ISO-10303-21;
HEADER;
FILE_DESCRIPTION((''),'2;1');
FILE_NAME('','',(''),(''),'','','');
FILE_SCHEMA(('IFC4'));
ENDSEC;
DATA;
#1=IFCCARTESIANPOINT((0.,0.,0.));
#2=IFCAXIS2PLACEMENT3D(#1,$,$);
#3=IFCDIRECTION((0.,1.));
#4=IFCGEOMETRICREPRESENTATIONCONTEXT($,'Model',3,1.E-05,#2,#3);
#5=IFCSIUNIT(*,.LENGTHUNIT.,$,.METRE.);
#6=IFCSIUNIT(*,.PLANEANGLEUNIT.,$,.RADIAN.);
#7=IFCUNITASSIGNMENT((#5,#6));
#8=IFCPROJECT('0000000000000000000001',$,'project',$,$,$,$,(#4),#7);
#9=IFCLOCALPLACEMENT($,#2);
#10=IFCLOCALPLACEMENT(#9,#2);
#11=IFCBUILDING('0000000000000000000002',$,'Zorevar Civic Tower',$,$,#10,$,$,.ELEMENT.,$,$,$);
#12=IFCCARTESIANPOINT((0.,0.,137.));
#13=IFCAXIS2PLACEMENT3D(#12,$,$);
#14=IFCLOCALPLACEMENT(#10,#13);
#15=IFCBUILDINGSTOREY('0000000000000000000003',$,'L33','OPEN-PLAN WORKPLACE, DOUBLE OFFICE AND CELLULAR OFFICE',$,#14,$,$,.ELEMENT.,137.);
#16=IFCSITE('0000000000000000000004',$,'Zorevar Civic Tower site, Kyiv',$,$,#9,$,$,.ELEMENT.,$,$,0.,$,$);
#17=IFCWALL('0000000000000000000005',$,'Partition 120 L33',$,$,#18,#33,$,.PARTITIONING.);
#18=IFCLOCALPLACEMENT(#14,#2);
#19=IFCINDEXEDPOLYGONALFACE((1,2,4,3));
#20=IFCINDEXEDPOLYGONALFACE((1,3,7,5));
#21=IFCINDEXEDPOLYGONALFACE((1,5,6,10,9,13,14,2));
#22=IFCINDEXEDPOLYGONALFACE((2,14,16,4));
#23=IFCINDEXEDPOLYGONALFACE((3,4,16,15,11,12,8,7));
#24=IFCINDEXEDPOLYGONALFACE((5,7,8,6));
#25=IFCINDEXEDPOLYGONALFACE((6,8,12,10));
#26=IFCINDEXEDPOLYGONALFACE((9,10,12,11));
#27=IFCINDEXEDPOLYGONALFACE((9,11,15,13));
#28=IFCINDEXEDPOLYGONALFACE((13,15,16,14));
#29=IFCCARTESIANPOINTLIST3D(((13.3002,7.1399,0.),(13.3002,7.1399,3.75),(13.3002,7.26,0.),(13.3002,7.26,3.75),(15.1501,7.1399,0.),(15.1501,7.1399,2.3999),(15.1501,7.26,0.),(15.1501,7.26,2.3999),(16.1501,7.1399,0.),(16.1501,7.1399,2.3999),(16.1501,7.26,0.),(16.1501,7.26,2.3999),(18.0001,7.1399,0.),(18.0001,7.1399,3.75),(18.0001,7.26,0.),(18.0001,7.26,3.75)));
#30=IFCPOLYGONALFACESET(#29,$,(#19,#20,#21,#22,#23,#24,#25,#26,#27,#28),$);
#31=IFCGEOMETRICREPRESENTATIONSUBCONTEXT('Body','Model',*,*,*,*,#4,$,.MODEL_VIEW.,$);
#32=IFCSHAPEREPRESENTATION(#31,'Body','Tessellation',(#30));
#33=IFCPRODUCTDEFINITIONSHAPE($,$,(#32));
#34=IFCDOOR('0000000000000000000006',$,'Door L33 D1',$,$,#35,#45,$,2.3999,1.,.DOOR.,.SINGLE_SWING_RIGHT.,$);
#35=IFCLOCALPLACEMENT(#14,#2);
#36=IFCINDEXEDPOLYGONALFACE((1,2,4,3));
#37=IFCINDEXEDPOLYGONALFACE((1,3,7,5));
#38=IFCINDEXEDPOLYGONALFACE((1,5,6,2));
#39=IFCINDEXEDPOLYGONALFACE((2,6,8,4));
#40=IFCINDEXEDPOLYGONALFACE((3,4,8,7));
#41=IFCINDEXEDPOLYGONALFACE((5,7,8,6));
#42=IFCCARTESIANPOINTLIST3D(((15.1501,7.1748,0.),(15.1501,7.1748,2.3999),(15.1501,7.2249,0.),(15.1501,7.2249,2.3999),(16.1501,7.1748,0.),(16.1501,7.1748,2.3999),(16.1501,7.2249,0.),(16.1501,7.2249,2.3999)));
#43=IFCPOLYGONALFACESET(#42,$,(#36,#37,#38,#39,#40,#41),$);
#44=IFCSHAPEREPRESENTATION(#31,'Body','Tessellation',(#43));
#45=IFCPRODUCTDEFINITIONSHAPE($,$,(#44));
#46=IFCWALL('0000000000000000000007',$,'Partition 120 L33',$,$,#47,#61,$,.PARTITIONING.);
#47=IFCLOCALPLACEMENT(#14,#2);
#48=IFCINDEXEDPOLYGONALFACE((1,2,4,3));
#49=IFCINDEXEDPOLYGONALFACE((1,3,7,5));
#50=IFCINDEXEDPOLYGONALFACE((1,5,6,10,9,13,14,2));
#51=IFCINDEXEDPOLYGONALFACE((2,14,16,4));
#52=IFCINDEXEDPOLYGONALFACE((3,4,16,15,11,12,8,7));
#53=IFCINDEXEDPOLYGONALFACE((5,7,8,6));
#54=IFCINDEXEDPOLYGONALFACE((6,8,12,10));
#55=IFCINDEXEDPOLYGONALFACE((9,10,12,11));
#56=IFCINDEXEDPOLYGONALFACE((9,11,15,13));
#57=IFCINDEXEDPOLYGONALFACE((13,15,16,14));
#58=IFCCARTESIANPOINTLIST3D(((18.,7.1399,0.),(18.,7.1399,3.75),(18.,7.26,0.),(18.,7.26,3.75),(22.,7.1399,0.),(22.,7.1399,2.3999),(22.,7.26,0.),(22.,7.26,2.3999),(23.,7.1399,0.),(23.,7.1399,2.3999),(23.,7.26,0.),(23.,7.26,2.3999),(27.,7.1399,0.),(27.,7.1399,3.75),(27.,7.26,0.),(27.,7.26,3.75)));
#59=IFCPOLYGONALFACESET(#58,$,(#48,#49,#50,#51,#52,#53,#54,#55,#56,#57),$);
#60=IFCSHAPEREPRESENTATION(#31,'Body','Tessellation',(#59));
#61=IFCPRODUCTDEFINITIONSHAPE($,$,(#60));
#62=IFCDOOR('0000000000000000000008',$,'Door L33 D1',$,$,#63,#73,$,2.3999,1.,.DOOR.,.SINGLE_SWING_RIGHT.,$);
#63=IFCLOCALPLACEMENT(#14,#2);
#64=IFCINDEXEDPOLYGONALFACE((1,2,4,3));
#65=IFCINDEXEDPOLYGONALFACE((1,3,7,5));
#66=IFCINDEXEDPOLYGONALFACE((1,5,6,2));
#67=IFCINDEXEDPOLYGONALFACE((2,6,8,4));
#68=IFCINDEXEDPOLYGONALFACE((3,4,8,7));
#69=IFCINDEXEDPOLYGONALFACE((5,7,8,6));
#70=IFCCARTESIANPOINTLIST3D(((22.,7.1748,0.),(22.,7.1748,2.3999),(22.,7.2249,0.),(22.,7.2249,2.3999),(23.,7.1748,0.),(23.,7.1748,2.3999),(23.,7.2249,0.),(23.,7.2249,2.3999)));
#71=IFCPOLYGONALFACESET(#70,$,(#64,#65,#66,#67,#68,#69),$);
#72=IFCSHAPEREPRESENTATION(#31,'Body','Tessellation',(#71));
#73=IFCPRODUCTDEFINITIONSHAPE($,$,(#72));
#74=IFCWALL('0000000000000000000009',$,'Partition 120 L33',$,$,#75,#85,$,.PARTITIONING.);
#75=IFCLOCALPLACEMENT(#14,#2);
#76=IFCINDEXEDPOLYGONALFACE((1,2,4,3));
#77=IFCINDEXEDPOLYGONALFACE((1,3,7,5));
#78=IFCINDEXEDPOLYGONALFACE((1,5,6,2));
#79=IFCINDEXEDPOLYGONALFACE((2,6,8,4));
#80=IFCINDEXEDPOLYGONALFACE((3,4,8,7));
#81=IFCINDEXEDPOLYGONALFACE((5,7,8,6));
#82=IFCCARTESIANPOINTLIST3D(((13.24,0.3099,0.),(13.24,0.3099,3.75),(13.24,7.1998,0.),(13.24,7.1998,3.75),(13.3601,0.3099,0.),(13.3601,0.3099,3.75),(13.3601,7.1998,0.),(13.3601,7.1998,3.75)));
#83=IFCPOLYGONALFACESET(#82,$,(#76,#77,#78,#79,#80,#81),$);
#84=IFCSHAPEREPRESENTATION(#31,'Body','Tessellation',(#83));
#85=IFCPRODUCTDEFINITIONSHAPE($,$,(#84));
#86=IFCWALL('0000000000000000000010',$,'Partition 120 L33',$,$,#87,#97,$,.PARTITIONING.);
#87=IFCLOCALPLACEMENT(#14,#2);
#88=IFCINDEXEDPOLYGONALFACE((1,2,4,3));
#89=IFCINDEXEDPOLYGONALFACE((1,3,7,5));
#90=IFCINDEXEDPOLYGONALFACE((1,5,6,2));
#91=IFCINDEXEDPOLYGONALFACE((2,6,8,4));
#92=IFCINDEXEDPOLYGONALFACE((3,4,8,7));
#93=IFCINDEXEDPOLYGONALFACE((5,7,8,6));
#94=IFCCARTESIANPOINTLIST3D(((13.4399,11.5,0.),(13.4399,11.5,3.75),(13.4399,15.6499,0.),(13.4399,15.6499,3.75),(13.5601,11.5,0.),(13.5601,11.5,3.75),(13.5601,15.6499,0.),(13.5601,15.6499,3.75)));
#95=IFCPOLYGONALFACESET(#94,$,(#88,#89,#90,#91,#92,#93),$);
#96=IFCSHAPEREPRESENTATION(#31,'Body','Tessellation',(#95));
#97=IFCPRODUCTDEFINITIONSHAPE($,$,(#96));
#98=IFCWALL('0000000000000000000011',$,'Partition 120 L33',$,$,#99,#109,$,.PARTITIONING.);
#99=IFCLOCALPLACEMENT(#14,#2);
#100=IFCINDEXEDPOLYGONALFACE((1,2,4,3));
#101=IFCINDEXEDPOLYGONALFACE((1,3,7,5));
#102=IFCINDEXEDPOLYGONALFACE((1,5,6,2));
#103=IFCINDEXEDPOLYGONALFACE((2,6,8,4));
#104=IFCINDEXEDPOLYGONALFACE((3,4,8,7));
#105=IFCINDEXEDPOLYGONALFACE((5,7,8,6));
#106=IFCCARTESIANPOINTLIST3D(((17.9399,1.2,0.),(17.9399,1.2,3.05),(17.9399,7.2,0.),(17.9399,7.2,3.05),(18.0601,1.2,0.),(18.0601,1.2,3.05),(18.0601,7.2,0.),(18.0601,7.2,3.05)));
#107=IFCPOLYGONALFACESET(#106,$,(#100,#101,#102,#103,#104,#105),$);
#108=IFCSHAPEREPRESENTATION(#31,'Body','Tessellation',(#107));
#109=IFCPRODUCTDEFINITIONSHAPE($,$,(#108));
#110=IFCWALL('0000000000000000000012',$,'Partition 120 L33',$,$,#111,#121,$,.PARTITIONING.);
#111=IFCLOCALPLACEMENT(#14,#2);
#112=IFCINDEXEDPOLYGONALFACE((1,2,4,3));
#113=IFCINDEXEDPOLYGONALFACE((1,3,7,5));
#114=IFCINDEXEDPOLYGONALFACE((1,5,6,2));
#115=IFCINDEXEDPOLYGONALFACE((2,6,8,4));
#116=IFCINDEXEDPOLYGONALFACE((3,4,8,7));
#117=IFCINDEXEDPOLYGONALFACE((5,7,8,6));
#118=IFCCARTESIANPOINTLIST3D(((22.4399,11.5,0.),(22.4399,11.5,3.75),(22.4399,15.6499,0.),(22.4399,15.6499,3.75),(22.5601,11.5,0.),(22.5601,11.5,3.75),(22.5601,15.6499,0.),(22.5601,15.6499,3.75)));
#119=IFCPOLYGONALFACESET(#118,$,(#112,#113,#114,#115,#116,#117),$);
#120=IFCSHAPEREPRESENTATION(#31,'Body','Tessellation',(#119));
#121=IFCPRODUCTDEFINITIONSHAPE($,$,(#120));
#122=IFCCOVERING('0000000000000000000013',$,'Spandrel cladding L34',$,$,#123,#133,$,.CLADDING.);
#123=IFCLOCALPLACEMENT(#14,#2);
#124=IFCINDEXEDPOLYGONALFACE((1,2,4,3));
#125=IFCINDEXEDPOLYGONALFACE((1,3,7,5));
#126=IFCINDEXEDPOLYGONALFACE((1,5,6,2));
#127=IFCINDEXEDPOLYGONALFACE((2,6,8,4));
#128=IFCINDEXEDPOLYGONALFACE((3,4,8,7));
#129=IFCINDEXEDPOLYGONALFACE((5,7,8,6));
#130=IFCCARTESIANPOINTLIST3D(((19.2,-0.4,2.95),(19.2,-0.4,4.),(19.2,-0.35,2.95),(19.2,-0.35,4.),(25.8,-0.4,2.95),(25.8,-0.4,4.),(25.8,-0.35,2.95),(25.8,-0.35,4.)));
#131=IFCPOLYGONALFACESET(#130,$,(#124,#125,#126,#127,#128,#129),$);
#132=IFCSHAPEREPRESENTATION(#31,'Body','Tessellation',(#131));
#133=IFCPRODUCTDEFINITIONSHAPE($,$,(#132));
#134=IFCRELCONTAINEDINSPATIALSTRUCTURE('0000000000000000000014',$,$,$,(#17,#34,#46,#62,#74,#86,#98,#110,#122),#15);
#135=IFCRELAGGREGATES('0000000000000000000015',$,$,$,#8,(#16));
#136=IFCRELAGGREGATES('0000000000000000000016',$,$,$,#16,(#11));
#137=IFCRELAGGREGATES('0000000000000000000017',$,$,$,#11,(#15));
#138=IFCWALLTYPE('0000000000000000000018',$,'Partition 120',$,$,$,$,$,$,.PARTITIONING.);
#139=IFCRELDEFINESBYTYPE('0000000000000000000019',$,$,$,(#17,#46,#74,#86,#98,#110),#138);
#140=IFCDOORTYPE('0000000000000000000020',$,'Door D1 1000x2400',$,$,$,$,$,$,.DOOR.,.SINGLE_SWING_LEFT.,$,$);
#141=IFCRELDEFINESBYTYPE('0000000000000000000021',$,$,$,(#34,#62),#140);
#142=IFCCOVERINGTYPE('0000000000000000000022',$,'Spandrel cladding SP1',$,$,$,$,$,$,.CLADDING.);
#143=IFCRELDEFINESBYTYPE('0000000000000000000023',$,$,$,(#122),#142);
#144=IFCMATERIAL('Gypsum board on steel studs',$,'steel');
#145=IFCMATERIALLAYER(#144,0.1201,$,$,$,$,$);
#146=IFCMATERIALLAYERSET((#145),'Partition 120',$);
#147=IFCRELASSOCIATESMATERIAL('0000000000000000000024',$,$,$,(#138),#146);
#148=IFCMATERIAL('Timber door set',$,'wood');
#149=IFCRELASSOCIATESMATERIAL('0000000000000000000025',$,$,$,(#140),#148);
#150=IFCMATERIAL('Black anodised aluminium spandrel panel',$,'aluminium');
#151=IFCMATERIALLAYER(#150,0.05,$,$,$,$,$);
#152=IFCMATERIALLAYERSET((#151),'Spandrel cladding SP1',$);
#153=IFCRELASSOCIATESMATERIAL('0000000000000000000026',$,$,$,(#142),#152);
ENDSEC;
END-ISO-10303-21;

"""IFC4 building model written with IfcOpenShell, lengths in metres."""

from ifc_helpers import new_model, si_unit, direction, frame, frame_2d, origin, place, context, subcontext, project, spatial, rectangle, extrude, material, layer, layer_set, type_object, element, fill, save


model = new_model("IFC4")

# Units and contexts
model_context = context("Model", 3, precision=1e-05, world=origin(), true_north=direction((0.0, 1.0)))
body_context = subcontext(model_context, "Body", "Model", "MODEL_VIEW")
ifc_project = project(units=[si_unit("LENGTHUNIT", "METRE"), si_unit("PLANEANGLEUNIT", "RADIAN")], contexts=[model_context])

# Site, building, storey
site_placement = place(None, origin())
site = spatial("IfcSite", under=ifc_project, at=site_placement, Name="Zorevar Civic Tower site, Kyiv", CompositionType="ELEMENT", RefElevation=0.0)
building_placement = place(site_placement, origin())
building = spatial("IfcBuilding", under=site, at=building_placement, Name="Zorevar Civic Tower", CompositionType="ELEMENT")
storey_placement = place(building_placement, frame((0.0, 0.0, 137.0)))
storey = spatial("IfcBuildingStorey", under=building, at=storey_placement, Name="L33", Description="OPEN-PLAN WORKPLACE, DOUBLE OFFICE AND CELLULAR OFFICE", CompositionType="ELEMENT", Elevation=137.0)

# Walls, openings, doors
ifc_material_1 = material(Name="Gypsum board on steel studs", Category="steel")
ifc_layer_1 = layer(ifc_material_1, 0.1201)
ifc_layer_set_1 = layer_set([ifc_layer_1], Name="Partition 120")
wall_type_1 = type_object("IfcWallType", Name="Partition 120", PredefinedType="PARTITIONING", material=ifc_layer_set_1)
wall_1_placement = place(storey_placement, frame((13.3, 7.2, 0.0), z_axis=(0.0, 0.0, 1.0), x_axis=(1.0, 0.0, 0.0)))
wall_1 = element("IfcWall", 1, at=wall_1_placement, inside=storey, type_object=wall_type_1, Name="Partition 120 L33", PredefinedType="PARTITIONING", context=body_context, shape_type="SweptSolid", body=[
    extrude(rectangle(XDim=4.7, YDim=0.1201, at=frame_2d((2.3501, 0.0))), origin(), (0.0, 0.0, 1.0), 3.75),
])
opening_1_placement = place(wall_1_placement, frame((1.8501, 0.0, 0.0)))
opening_1 = element("IfcOpeningElement", 2, at=opening_1_placement, cuts=wall_1, PredefinedType="OPENING", context=body_context, shape_type="SweptSolid", body=[
    extrude(rectangle(XDim=1.0, YDim=2.3999, at=frame_2d((0.5, 1.2))), frame((0.0, 0.0701, 0.0), z_axis=(0.0, -1.0, 0.0), x_axis=(1.0, 0.0, 0.0)), (0.0, 0.0, 1.0), 0.1401),
])
ifc_material_2 = material(Name="Timber door set", Category="wood")
door_type_1 = type_object("IfcDoorType", Name="Door D1 1000x2400", OperationType="SINGLE_SWING_LEFT", PredefinedType="DOOR", material=ifc_material_2)
door_1_placement = place(opening_1_placement, origin())
door_1 = element("IfcDoor", 3, at=door_1_placement, inside=storey, type_object=door_type_1, Name="Door L33 D1", OperationType="SINGLE_SWING_RIGHT", OverallHeight=2.3999, OverallWidth=1.0, PredefinedType="DOOR", context=body_context, shape_type="SweptSolid", body=[
    extrude(rectangle(XDim=1.0, YDim=2.3999, at=frame_2d((0.5, 1.2))), frame((0.0, 0.0249, 0.0), z_axis=(0.0, -1.0, 0.0), x_axis=(1.0, 0.0, 0.0)), (0.0, 0.0, 1.0), 0.05),
])
fill(opening_1, door_1)
wall_2_placement = place(storey_placement, frame((18.0, 7.2, 0.0), z_axis=(0.0, 0.0, 1.0), x_axis=(1.0, 0.0, 0.0)))
wall_2 = element("IfcWall", 4, at=wall_2_placement, inside=storey, type_object=wall_type_1, Name="Partition 120 L33", PredefinedType="PARTITIONING", context=body_context, shape_type="SweptSolid", body=[
    extrude(rectangle(XDim=9.0, YDim=0.1201, at=frame_2d((4.5, 0.0))), origin(), (0.0, 0.0, 1.0), 3.75),
])
opening_2_placement = place(wall_2_placement, frame((4.0, 0.0, 0.0)))
opening_2 = element("IfcOpeningElement", 5, at=opening_2_placement, cuts=wall_2, PredefinedType="OPENING", context=body_context, shape_type="SweptSolid", body=[
    extrude(rectangle(XDim=1.0, YDim=2.3999, at=frame_2d((0.5, 1.2))), frame((0.0, 0.0701, 0.0), z_axis=(0.0, -1.0, 0.0), x_axis=(1.0, 0.0, 0.0)), (0.0, 0.0, 1.0), 0.1401),
])
door_2_placement = place(opening_2_placement, origin())
door_2 = element("IfcDoor", 6, at=door_2_placement, inside=storey, type_object=door_type_1, Name="Door L33 D1", OperationType="SINGLE_SWING_RIGHT", OverallHeight=2.3999, OverallWidth=1.0, PredefinedType="DOOR", context=body_context, shape_type="SweptSolid", body=[
    extrude(rectangle(XDim=1.0, YDim=2.3999, at=frame_2d((0.5, 1.2))), frame((0.0, 0.0249, 0.0), z_axis=(0.0, -1.0, 0.0), x_axis=(1.0, 0.0, 0.0)), (0.0, 0.0, 1.0), 0.05),
])
fill(opening_2, door_2)

# Walls
wall_3_placement = place(storey_placement, frame((13.3, 0.3101, 0.0), z_axis=(0.0, 0.0, 1.0), x_axis=(0.0, 1.0, 0.0)))
element("IfcWall", 7, at=wall_3_placement, inside=storey, type_object=wall_type_1, Name="Partition 120 L33", PredefinedType="PARTITIONING", context=body_context, shape_type="SweptSolid", body=[
    extrude(rectangle(XDim=6.8899, YDim=0.1201, at=frame_2d((3.4448, 0.0))), origin(), (0.0, 0.0, 1.0), 3.75),
])
wall_4_placement = place(storey_placement, frame((13.5, 11.5, 0.0), z_axis=(0.0, 0.0, 1.0), x_axis=(0.0, 1.0, 0.0)))
element("IfcWall", 8, at=wall_4_placement, inside=storey, type_object=wall_type_1, Name="Partition 120 L33", PredefinedType="PARTITIONING", context=body_context, shape_type="SweptSolid", body=[
    extrude(rectangle(XDim=4.1499, YDim=0.1201, at=frame_2d((2.075, 0.0))), origin(), (0.0, 0.0, 1.0), 3.75),
])
wall_5_placement = place(storey_placement, frame((18.0, 1.2, 0.0), z_axis=(0.0, 0.0, 1.0), x_axis=(0.0, 1.0, 0.0)))
element("IfcWall", 9, at=wall_5_placement, inside=storey, type_object=wall_type_1, Name="Partition 120 L33", PredefinedType="PARTITIONING", context=body_context, shape_type="SweptSolid", body=[
    extrude(rectangle(XDim=6.0, YDim=0.1201, at=frame_2d((3.0, 0.0))), origin(), (0.0, 0.0, 1.0), 3.05),
])
wall_6_placement = place(storey_placement, frame((22.5, 11.5, 0.0), z_axis=(0.0, 0.0, 1.0), x_axis=(0.0, 1.0, 0.0)))
element("IfcWall", 10, at=wall_6_placement, inside=storey, type_object=wall_type_1, Name="Partition 120 L33", PredefinedType="PARTITIONING", context=body_context, shape_type="SweptSolid", body=[
    extrude(rectangle(XDim=4.1499, YDim=0.1201, at=frame_2d((2.075, 0.0))), origin(), (0.0, 0.0, 1.0), 3.75),
])

# Covering
ifc_material_3 = material(Name="Black anodised aluminium spandrel panel", Category="aluminium")
ifc_layer_2 = layer(ifc_material_3, 0.05)
ifc_layer_set_2 = layer_set([ifc_layer_2], Name="Spandrel cladding SP1")
covering_type = type_object("IfcCoveringType", Name="Spandrel cladding SP1", PredefinedType="CLADDING", material=ifc_layer_set_2)
covering_placement = place(storey_placement, frame((19.2, -0.375, 2.95), z_axis=(0.0, 0.0, 1.0), x_axis=(1.0, 0.0, 0.0)))
element("IfcCovering", 11, at=covering_placement, inside=storey, type_object=covering_type, Name="Spandrel cladding L34", PredefinedType="CLADDING", context=body_context, shape_type="SweptSolid", body=[
    extrude(rectangle(XDim=6.6001, YDim=0.05, at=frame_2d((3.3, 0.0))), origin(), (0.0, 0.0, 1.0), 1.05),
])

save(model, "model.ifc")
